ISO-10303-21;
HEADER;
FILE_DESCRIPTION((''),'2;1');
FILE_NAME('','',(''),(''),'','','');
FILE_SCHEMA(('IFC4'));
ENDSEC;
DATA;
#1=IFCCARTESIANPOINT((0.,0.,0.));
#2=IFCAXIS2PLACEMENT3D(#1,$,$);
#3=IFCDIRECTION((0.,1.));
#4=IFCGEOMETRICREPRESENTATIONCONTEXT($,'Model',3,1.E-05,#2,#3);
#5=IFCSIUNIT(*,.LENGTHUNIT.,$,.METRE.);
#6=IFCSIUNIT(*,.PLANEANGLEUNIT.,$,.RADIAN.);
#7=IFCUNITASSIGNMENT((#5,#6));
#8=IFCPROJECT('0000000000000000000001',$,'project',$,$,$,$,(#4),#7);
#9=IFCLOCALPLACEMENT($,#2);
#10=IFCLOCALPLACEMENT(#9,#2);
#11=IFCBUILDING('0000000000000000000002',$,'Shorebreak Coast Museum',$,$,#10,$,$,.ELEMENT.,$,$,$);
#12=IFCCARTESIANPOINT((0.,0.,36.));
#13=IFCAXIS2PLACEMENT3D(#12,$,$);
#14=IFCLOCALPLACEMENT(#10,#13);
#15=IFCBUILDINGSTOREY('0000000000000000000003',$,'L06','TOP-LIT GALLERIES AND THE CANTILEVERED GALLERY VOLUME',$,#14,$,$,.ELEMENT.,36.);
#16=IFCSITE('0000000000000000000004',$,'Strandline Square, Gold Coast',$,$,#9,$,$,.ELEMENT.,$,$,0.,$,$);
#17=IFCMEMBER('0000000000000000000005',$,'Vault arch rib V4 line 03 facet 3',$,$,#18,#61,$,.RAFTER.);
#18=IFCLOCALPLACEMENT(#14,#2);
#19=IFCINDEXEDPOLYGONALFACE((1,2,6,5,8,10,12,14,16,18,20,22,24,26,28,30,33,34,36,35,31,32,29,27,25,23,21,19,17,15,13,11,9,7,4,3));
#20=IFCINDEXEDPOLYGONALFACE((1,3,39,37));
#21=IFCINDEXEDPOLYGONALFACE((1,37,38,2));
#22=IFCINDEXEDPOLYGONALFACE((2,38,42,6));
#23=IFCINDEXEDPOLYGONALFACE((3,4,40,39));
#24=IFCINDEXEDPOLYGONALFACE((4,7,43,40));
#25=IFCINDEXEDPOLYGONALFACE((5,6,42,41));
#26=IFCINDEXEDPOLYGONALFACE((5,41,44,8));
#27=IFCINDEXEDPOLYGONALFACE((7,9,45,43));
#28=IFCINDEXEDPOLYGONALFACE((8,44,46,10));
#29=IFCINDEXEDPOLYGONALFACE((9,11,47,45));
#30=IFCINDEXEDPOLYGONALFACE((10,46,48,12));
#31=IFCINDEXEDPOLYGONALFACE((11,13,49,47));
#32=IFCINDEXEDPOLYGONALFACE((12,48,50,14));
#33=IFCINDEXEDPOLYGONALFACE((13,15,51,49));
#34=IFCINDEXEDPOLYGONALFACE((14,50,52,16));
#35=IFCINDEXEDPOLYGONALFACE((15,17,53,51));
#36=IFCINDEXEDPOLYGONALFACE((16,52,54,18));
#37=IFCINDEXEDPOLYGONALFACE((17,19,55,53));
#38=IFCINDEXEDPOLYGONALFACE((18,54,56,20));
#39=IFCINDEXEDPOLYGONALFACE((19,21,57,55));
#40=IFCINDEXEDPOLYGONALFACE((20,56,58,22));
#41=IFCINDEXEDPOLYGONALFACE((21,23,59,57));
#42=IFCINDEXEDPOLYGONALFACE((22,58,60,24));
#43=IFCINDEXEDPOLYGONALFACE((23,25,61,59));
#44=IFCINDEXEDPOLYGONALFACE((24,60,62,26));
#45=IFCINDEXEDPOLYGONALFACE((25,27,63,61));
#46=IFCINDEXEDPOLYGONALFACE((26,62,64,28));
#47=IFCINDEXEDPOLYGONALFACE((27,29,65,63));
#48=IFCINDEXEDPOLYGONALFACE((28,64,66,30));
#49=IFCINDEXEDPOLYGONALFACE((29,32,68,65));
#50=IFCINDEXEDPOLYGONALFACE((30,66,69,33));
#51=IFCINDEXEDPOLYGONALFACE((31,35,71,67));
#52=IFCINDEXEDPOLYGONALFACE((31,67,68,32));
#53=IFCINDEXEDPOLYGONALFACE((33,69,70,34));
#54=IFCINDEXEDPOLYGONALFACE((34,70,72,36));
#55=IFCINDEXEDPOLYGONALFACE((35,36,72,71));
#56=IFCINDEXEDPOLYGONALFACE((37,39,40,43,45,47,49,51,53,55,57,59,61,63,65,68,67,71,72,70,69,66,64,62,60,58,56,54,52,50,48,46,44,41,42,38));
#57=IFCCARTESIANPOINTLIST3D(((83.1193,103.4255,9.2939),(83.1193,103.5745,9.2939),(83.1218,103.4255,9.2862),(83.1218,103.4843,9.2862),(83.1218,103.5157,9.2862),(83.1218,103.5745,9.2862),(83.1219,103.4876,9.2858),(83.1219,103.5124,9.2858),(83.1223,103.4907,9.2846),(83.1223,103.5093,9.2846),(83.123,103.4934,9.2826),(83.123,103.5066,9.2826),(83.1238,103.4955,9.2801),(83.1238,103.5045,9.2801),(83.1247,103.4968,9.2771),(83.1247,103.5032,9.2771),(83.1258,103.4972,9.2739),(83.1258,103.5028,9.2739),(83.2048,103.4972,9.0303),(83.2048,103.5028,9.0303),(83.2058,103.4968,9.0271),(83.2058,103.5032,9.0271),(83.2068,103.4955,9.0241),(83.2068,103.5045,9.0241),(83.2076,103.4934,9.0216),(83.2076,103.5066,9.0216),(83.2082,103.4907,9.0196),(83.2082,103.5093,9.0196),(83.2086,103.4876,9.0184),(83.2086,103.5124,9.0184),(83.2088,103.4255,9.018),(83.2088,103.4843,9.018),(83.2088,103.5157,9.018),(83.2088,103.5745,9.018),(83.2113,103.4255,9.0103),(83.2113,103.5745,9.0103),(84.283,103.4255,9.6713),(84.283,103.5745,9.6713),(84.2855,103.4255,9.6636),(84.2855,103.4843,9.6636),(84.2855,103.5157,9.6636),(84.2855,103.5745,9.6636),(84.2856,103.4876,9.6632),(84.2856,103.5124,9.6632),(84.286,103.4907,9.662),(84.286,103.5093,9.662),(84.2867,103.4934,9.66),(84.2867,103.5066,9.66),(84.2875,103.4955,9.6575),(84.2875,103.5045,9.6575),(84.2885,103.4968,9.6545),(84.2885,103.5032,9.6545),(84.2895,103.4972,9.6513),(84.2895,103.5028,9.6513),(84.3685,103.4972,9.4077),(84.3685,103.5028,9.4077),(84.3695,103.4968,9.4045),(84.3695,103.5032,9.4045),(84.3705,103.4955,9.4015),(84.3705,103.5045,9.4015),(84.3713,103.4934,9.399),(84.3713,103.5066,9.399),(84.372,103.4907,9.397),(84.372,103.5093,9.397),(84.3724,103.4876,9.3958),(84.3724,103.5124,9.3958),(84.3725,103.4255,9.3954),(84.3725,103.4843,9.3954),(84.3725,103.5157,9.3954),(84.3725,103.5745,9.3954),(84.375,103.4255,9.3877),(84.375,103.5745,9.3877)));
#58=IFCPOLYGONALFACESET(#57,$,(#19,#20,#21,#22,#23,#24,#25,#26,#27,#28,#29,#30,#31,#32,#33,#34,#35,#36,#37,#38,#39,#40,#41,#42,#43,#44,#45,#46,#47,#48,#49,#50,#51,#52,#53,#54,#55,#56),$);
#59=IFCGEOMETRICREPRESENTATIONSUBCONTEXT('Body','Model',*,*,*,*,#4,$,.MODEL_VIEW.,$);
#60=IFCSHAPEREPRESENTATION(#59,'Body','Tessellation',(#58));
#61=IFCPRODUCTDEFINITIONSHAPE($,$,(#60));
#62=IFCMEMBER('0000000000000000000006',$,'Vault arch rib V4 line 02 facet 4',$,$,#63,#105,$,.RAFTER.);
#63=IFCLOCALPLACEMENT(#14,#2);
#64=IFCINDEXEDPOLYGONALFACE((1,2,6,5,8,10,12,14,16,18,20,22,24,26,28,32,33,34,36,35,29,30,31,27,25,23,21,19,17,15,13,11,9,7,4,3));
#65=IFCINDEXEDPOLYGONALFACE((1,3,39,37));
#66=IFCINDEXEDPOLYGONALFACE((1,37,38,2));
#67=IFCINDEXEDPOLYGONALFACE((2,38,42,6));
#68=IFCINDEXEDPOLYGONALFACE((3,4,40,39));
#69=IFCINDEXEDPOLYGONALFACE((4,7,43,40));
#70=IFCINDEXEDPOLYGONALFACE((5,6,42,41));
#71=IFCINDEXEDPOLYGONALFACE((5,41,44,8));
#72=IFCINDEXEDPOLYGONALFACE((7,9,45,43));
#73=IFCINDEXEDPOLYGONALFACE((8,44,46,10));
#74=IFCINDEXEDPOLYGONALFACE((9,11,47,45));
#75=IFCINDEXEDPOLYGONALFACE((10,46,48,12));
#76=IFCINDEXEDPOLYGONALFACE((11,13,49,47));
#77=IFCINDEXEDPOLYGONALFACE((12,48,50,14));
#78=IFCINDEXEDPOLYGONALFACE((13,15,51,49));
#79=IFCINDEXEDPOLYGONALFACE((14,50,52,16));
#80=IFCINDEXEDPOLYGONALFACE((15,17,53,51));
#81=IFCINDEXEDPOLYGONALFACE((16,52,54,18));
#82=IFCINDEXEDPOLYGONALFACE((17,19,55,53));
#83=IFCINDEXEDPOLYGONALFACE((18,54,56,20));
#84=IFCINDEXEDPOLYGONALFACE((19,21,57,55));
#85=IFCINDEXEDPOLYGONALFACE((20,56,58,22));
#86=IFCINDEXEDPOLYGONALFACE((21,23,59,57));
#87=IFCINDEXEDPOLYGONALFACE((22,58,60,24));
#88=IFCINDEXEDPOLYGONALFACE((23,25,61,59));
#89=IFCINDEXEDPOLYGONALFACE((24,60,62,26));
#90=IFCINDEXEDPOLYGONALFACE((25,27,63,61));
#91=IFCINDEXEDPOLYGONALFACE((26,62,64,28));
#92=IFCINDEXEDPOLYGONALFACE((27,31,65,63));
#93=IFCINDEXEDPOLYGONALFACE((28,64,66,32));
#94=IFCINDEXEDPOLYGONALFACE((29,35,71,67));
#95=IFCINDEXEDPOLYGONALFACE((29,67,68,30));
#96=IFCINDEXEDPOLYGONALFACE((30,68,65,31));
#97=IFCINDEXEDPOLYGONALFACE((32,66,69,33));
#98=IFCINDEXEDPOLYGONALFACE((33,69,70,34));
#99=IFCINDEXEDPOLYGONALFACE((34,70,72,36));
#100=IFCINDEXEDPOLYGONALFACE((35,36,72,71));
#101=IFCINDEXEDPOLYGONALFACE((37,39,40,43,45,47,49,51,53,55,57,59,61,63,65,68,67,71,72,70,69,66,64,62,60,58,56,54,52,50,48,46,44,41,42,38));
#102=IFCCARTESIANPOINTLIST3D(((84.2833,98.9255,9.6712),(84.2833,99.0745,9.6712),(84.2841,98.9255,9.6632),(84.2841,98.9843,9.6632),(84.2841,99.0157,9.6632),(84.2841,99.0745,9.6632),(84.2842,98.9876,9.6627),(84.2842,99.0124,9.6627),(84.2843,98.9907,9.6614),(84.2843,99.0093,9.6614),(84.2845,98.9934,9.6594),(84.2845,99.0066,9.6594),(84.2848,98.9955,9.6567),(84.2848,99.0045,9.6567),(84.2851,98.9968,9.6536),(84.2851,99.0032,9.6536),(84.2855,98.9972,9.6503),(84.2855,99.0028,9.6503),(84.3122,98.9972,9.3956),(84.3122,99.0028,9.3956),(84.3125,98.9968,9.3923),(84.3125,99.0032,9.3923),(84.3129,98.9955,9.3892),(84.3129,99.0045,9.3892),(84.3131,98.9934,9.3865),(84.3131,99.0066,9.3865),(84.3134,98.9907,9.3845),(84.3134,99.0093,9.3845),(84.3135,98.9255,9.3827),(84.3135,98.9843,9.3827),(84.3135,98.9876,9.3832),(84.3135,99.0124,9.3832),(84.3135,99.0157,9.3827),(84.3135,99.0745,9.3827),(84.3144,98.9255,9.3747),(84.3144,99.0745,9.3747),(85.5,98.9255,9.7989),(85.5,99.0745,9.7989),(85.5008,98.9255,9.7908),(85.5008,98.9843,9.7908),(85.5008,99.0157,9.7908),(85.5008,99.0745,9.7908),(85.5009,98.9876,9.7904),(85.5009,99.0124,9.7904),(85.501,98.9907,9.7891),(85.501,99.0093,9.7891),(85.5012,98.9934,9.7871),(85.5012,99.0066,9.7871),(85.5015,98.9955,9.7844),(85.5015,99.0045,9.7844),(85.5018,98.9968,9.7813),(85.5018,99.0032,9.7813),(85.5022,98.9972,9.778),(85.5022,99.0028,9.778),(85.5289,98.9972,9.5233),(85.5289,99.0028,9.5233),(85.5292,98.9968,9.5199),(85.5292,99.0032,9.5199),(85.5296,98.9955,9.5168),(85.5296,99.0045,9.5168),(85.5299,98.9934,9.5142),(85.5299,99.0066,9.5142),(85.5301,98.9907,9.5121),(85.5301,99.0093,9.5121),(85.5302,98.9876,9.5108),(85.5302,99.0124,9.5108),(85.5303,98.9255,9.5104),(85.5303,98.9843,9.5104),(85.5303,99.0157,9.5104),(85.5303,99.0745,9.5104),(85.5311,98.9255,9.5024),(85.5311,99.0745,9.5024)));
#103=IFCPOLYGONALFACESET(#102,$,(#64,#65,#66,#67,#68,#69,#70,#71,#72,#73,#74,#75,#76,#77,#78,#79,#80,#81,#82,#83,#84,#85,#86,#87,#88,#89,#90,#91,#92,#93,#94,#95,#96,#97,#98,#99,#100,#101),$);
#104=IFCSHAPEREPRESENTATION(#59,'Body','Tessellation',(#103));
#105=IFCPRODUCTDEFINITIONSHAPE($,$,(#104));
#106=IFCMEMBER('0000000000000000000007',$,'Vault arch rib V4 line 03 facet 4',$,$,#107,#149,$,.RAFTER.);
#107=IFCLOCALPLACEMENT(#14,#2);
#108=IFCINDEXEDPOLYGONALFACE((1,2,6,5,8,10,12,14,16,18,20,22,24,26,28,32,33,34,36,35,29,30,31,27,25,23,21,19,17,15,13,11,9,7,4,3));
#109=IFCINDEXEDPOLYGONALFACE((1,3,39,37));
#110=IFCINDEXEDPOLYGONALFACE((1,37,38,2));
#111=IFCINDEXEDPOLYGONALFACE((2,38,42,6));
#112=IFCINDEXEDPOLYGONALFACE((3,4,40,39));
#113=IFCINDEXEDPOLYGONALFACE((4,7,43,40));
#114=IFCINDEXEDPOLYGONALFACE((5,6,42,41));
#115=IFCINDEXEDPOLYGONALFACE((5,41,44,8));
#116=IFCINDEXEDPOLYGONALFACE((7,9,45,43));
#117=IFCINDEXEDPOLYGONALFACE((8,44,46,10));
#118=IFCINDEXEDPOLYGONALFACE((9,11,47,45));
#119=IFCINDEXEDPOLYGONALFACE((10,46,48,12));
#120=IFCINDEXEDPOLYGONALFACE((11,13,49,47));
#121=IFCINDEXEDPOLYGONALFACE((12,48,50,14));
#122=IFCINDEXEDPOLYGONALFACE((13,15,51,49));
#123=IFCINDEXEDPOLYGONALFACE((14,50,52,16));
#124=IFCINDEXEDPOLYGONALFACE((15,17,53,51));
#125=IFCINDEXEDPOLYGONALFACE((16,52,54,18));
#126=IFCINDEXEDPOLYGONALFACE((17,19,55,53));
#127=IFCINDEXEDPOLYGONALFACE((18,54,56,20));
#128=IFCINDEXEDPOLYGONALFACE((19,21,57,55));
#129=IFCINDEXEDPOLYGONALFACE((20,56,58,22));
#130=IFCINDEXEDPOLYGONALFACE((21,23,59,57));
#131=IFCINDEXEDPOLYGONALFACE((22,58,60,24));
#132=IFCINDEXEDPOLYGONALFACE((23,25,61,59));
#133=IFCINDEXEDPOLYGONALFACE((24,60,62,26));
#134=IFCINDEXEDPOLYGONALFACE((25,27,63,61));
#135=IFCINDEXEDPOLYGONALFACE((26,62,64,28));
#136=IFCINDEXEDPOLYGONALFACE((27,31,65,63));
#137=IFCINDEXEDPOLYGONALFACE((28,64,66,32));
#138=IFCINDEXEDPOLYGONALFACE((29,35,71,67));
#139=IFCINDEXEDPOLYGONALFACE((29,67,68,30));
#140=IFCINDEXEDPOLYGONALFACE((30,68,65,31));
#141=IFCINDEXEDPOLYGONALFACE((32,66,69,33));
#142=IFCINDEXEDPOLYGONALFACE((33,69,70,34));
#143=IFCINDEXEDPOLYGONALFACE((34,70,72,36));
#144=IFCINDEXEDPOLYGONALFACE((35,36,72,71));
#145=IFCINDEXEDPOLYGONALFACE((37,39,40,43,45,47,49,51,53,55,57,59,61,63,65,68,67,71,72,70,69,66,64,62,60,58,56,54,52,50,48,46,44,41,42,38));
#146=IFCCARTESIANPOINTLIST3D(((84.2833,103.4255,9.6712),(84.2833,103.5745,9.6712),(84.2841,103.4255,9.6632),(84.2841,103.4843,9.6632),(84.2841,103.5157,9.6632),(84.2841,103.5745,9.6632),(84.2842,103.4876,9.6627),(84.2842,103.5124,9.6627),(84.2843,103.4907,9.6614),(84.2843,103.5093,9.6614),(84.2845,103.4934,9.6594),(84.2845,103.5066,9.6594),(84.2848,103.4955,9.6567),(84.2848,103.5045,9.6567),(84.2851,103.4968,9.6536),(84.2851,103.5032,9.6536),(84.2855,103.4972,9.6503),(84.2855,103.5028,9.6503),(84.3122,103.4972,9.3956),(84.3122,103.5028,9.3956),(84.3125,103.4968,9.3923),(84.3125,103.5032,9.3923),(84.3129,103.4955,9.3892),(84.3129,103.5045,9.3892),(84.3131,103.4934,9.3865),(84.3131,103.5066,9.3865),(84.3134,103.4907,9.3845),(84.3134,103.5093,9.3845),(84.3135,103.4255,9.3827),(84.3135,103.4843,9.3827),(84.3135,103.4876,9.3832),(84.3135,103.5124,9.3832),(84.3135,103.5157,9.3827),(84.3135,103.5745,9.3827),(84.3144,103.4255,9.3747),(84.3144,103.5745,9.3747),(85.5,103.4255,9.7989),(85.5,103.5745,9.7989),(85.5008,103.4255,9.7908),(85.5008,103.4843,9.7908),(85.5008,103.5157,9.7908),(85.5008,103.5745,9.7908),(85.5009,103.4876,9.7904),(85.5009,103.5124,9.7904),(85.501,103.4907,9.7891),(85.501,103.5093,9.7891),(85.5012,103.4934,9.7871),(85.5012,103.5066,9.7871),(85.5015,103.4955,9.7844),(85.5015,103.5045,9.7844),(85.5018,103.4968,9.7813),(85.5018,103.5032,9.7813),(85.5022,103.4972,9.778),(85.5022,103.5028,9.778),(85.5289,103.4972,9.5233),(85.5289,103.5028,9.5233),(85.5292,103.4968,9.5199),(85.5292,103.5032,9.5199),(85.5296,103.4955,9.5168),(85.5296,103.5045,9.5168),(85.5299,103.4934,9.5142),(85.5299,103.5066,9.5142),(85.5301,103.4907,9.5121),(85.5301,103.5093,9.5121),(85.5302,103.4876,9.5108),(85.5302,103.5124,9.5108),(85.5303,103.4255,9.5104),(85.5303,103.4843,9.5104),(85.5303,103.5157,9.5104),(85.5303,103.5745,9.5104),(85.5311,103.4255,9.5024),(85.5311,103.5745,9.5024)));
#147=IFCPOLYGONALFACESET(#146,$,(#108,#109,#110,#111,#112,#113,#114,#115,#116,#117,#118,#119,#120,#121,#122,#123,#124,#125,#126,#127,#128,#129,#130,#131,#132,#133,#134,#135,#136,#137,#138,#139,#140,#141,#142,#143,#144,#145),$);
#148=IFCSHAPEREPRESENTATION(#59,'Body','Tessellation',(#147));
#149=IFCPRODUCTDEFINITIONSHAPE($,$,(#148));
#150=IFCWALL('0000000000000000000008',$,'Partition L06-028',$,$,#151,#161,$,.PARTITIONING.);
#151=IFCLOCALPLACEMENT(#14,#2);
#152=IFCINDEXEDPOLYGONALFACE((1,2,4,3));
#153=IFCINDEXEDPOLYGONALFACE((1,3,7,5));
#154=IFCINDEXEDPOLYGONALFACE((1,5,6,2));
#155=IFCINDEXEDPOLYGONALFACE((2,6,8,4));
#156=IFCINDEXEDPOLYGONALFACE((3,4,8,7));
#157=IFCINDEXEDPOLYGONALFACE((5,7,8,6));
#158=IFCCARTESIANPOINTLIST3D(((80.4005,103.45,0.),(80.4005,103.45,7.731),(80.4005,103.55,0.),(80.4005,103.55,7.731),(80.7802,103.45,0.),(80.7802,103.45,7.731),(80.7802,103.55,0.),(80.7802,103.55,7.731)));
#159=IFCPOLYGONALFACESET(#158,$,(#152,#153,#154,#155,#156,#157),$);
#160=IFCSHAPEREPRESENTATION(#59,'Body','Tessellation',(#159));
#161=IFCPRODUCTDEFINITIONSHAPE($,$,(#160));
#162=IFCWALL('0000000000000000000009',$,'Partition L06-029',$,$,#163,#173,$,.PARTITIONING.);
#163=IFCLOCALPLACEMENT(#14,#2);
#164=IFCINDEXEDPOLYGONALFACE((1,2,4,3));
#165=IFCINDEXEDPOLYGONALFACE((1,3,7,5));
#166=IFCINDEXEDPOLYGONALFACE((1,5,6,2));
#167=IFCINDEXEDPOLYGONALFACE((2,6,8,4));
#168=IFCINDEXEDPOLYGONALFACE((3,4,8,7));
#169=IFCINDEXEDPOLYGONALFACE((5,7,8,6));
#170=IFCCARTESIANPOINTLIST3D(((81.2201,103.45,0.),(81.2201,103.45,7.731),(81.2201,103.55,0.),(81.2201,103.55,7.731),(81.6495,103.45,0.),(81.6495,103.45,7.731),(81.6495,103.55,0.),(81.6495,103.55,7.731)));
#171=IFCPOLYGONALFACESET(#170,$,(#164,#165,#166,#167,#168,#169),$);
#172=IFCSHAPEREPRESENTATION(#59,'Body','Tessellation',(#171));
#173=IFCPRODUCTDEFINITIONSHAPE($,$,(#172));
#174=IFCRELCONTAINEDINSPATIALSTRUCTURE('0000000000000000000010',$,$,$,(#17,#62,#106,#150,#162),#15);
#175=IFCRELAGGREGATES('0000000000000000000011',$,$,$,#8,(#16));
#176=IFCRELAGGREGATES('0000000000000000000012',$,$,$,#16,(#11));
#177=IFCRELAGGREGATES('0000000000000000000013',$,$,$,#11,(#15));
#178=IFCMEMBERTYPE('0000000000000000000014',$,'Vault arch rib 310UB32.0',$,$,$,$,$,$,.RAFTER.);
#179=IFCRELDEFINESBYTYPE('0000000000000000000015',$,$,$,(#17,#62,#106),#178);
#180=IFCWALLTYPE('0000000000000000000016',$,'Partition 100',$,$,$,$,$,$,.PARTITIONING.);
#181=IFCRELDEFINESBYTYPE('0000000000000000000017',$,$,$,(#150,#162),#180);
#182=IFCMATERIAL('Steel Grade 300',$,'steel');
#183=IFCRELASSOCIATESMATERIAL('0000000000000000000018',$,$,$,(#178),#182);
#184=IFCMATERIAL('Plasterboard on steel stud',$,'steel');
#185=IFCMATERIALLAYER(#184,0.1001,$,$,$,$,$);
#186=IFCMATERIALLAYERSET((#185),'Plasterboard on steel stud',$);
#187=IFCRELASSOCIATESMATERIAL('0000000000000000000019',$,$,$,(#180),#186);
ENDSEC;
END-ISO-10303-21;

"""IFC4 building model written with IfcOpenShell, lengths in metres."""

from ifc_helpers import new_model, si_unit, direction, frame, frame_2d, origin, origin_2d, place, context, subcontext, project, spatial, rectangle, i_section, extrude, material, layer, layer_set, material_profile, profile_set, type_object, element, save


model = new_model("IFC4")

# Units and contexts
model_context = context("Model", 3, precision=1e-05, world=origin(), true_north=direction((0.0, 1.0)))
body_context = subcontext(model_context, "Body", "Model", "MODEL_VIEW")
ifc_project = project(units=[si_unit("LENGTHUNIT", "METRE"), si_unit("PLANEANGLEUNIT", "RADIAN")], contexts=[model_context])

# Site, building, storey
site_placement = place(None, origin())
site = spatial("IfcSite", under=ifc_project, at=site_placement, Name="Strandline Square, Gold Coast", CompositionType="ELEMENT", RefElevation=0.0)
building_placement = place(site_placement, origin())
building = spatial("IfcBuilding", under=site, at=building_placement, Name="Shorebreak Coast Museum", CompositionType="ELEMENT")
storey_placement = place(building_placement, frame((0.0, 0.0, 36.0)))
storey = spatial("IfcBuildingStorey", under=building, at=storey_placement, Name="L06", Description="TOP-LIT GALLERIES AND THE CANTILEVERED GALLERY VOLUME", CompositionType="ELEMENT", Elevation=36.0)

# Members
ifc_material_1 = material(Name="Steel Grade 300", Category="steel")
ifc_material_profile_1 = material_profile(ifc_material_1, i_section(OverallWidth=0.1489, OverallDepth=0.2981, WebThickness=0.0056, FlangeThickness=0.0081, FilletRadius=0.0129, at=origin_2d()), Name="310UB32.0")
ifc_profile_set_1 = profile_set([ifc_material_profile_1], Name="Steel Grade 300")
member_type_1 = type_object("IfcMemberType", Name="Vault arch rib 310UB32.0", PredefinedType="RAFTER", material=ifc_profile_set_1)
for number, where, z_axis, x_axis, name in (
    (1, (83.1653, 103.5, 9.1521), (0.951226, 0.0, 0.308495), (0.0, 1.0, 0.0), "Vault arch rib V4 line 03 facet 3"),
    (2, (84.2988, 99.0, 9.5229), (0.994539, 0.0, 0.104363), (0.0, 1.0, 0.0), "Vault arch rib V4 line 02 facet 4"),
    (3, (84.2988, 103.5, 9.5229), (0.994539, 0.0, 0.104363), (0.0, 1.0, 0.0), "Vault arch rib V4 line 03 facet 4"),
):
    element("IfcMember", number, at=place(storey_placement, frame(where, z_axis=z_axis, x_axis=x_axis)), inside=storey, type_object=member_type_1, Name=name, PredefinedType="RAFTER", context=body_context, shape_type="SweptSolid", body=[
        extrude(i_section(OverallWidth=0.1489, OverallDepth=0.2981, WebThickness=0.0056, FlangeThickness=0.0081, FilletRadius=0.0129, at=origin_2d()), origin(), (0.0, 0.0, 1.0), 1.2234),
    ])

# Walls
ifc_material_2 = material(Name="Plasterboard on steel stud", Category="steel")
ifc_layer = layer(ifc_material_2, 0.1001)
ifc_layer_set = layer_set([ifc_layer], Name="Plasterboard on steel stud")
wall_type = type_object("IfcWallType", Name="Partition 100", PredefinedType="PARTITIONING", material=ifc_layer_set)
wall_1_placement = place(storey_placement, frame((80.4004, 103.5, 0.0), z_axis=(0.0, 0.0, 1.0), x_axis=(1.0, 0.0, 0.0)))
element("IfcWall", 4, at=wall_1_placement, inside=storey, type_object=wall_type, Name="Partition L06-028", PredefinedType="PARTITIONING", context=body_context, shape_type="SweptSolid", body=[
    extrude(rectangle(XDim=0.3796, YDim=0.1001, at=frame_2d((0.1899, 0.0))), origin(), (0.0, 0.0, 1.0), 7.731),
])
wall_2_placement = place(storey_placement, frame((81.22, 103.5, 0.0), z_axis=(0.0, 0.0, 1.0), x_axis=(1.0, 0.0, 0.0)))
element("IfcWall", 5, at=wall_2_placement, inside=storey, type_object=wall_type, Name="Partition L06-029", PredefinedType="PARTITIONING", context=body_context, shape_type="SweptSolid", body=[
    extrude(rectangle(XDim=0.4294, YDim=0.1001, at=frame_2d((0.2148, 0.0))), origin(), (0.0, 0.0, 1.0), 7.731),
])

save(model, "model.ifc")
